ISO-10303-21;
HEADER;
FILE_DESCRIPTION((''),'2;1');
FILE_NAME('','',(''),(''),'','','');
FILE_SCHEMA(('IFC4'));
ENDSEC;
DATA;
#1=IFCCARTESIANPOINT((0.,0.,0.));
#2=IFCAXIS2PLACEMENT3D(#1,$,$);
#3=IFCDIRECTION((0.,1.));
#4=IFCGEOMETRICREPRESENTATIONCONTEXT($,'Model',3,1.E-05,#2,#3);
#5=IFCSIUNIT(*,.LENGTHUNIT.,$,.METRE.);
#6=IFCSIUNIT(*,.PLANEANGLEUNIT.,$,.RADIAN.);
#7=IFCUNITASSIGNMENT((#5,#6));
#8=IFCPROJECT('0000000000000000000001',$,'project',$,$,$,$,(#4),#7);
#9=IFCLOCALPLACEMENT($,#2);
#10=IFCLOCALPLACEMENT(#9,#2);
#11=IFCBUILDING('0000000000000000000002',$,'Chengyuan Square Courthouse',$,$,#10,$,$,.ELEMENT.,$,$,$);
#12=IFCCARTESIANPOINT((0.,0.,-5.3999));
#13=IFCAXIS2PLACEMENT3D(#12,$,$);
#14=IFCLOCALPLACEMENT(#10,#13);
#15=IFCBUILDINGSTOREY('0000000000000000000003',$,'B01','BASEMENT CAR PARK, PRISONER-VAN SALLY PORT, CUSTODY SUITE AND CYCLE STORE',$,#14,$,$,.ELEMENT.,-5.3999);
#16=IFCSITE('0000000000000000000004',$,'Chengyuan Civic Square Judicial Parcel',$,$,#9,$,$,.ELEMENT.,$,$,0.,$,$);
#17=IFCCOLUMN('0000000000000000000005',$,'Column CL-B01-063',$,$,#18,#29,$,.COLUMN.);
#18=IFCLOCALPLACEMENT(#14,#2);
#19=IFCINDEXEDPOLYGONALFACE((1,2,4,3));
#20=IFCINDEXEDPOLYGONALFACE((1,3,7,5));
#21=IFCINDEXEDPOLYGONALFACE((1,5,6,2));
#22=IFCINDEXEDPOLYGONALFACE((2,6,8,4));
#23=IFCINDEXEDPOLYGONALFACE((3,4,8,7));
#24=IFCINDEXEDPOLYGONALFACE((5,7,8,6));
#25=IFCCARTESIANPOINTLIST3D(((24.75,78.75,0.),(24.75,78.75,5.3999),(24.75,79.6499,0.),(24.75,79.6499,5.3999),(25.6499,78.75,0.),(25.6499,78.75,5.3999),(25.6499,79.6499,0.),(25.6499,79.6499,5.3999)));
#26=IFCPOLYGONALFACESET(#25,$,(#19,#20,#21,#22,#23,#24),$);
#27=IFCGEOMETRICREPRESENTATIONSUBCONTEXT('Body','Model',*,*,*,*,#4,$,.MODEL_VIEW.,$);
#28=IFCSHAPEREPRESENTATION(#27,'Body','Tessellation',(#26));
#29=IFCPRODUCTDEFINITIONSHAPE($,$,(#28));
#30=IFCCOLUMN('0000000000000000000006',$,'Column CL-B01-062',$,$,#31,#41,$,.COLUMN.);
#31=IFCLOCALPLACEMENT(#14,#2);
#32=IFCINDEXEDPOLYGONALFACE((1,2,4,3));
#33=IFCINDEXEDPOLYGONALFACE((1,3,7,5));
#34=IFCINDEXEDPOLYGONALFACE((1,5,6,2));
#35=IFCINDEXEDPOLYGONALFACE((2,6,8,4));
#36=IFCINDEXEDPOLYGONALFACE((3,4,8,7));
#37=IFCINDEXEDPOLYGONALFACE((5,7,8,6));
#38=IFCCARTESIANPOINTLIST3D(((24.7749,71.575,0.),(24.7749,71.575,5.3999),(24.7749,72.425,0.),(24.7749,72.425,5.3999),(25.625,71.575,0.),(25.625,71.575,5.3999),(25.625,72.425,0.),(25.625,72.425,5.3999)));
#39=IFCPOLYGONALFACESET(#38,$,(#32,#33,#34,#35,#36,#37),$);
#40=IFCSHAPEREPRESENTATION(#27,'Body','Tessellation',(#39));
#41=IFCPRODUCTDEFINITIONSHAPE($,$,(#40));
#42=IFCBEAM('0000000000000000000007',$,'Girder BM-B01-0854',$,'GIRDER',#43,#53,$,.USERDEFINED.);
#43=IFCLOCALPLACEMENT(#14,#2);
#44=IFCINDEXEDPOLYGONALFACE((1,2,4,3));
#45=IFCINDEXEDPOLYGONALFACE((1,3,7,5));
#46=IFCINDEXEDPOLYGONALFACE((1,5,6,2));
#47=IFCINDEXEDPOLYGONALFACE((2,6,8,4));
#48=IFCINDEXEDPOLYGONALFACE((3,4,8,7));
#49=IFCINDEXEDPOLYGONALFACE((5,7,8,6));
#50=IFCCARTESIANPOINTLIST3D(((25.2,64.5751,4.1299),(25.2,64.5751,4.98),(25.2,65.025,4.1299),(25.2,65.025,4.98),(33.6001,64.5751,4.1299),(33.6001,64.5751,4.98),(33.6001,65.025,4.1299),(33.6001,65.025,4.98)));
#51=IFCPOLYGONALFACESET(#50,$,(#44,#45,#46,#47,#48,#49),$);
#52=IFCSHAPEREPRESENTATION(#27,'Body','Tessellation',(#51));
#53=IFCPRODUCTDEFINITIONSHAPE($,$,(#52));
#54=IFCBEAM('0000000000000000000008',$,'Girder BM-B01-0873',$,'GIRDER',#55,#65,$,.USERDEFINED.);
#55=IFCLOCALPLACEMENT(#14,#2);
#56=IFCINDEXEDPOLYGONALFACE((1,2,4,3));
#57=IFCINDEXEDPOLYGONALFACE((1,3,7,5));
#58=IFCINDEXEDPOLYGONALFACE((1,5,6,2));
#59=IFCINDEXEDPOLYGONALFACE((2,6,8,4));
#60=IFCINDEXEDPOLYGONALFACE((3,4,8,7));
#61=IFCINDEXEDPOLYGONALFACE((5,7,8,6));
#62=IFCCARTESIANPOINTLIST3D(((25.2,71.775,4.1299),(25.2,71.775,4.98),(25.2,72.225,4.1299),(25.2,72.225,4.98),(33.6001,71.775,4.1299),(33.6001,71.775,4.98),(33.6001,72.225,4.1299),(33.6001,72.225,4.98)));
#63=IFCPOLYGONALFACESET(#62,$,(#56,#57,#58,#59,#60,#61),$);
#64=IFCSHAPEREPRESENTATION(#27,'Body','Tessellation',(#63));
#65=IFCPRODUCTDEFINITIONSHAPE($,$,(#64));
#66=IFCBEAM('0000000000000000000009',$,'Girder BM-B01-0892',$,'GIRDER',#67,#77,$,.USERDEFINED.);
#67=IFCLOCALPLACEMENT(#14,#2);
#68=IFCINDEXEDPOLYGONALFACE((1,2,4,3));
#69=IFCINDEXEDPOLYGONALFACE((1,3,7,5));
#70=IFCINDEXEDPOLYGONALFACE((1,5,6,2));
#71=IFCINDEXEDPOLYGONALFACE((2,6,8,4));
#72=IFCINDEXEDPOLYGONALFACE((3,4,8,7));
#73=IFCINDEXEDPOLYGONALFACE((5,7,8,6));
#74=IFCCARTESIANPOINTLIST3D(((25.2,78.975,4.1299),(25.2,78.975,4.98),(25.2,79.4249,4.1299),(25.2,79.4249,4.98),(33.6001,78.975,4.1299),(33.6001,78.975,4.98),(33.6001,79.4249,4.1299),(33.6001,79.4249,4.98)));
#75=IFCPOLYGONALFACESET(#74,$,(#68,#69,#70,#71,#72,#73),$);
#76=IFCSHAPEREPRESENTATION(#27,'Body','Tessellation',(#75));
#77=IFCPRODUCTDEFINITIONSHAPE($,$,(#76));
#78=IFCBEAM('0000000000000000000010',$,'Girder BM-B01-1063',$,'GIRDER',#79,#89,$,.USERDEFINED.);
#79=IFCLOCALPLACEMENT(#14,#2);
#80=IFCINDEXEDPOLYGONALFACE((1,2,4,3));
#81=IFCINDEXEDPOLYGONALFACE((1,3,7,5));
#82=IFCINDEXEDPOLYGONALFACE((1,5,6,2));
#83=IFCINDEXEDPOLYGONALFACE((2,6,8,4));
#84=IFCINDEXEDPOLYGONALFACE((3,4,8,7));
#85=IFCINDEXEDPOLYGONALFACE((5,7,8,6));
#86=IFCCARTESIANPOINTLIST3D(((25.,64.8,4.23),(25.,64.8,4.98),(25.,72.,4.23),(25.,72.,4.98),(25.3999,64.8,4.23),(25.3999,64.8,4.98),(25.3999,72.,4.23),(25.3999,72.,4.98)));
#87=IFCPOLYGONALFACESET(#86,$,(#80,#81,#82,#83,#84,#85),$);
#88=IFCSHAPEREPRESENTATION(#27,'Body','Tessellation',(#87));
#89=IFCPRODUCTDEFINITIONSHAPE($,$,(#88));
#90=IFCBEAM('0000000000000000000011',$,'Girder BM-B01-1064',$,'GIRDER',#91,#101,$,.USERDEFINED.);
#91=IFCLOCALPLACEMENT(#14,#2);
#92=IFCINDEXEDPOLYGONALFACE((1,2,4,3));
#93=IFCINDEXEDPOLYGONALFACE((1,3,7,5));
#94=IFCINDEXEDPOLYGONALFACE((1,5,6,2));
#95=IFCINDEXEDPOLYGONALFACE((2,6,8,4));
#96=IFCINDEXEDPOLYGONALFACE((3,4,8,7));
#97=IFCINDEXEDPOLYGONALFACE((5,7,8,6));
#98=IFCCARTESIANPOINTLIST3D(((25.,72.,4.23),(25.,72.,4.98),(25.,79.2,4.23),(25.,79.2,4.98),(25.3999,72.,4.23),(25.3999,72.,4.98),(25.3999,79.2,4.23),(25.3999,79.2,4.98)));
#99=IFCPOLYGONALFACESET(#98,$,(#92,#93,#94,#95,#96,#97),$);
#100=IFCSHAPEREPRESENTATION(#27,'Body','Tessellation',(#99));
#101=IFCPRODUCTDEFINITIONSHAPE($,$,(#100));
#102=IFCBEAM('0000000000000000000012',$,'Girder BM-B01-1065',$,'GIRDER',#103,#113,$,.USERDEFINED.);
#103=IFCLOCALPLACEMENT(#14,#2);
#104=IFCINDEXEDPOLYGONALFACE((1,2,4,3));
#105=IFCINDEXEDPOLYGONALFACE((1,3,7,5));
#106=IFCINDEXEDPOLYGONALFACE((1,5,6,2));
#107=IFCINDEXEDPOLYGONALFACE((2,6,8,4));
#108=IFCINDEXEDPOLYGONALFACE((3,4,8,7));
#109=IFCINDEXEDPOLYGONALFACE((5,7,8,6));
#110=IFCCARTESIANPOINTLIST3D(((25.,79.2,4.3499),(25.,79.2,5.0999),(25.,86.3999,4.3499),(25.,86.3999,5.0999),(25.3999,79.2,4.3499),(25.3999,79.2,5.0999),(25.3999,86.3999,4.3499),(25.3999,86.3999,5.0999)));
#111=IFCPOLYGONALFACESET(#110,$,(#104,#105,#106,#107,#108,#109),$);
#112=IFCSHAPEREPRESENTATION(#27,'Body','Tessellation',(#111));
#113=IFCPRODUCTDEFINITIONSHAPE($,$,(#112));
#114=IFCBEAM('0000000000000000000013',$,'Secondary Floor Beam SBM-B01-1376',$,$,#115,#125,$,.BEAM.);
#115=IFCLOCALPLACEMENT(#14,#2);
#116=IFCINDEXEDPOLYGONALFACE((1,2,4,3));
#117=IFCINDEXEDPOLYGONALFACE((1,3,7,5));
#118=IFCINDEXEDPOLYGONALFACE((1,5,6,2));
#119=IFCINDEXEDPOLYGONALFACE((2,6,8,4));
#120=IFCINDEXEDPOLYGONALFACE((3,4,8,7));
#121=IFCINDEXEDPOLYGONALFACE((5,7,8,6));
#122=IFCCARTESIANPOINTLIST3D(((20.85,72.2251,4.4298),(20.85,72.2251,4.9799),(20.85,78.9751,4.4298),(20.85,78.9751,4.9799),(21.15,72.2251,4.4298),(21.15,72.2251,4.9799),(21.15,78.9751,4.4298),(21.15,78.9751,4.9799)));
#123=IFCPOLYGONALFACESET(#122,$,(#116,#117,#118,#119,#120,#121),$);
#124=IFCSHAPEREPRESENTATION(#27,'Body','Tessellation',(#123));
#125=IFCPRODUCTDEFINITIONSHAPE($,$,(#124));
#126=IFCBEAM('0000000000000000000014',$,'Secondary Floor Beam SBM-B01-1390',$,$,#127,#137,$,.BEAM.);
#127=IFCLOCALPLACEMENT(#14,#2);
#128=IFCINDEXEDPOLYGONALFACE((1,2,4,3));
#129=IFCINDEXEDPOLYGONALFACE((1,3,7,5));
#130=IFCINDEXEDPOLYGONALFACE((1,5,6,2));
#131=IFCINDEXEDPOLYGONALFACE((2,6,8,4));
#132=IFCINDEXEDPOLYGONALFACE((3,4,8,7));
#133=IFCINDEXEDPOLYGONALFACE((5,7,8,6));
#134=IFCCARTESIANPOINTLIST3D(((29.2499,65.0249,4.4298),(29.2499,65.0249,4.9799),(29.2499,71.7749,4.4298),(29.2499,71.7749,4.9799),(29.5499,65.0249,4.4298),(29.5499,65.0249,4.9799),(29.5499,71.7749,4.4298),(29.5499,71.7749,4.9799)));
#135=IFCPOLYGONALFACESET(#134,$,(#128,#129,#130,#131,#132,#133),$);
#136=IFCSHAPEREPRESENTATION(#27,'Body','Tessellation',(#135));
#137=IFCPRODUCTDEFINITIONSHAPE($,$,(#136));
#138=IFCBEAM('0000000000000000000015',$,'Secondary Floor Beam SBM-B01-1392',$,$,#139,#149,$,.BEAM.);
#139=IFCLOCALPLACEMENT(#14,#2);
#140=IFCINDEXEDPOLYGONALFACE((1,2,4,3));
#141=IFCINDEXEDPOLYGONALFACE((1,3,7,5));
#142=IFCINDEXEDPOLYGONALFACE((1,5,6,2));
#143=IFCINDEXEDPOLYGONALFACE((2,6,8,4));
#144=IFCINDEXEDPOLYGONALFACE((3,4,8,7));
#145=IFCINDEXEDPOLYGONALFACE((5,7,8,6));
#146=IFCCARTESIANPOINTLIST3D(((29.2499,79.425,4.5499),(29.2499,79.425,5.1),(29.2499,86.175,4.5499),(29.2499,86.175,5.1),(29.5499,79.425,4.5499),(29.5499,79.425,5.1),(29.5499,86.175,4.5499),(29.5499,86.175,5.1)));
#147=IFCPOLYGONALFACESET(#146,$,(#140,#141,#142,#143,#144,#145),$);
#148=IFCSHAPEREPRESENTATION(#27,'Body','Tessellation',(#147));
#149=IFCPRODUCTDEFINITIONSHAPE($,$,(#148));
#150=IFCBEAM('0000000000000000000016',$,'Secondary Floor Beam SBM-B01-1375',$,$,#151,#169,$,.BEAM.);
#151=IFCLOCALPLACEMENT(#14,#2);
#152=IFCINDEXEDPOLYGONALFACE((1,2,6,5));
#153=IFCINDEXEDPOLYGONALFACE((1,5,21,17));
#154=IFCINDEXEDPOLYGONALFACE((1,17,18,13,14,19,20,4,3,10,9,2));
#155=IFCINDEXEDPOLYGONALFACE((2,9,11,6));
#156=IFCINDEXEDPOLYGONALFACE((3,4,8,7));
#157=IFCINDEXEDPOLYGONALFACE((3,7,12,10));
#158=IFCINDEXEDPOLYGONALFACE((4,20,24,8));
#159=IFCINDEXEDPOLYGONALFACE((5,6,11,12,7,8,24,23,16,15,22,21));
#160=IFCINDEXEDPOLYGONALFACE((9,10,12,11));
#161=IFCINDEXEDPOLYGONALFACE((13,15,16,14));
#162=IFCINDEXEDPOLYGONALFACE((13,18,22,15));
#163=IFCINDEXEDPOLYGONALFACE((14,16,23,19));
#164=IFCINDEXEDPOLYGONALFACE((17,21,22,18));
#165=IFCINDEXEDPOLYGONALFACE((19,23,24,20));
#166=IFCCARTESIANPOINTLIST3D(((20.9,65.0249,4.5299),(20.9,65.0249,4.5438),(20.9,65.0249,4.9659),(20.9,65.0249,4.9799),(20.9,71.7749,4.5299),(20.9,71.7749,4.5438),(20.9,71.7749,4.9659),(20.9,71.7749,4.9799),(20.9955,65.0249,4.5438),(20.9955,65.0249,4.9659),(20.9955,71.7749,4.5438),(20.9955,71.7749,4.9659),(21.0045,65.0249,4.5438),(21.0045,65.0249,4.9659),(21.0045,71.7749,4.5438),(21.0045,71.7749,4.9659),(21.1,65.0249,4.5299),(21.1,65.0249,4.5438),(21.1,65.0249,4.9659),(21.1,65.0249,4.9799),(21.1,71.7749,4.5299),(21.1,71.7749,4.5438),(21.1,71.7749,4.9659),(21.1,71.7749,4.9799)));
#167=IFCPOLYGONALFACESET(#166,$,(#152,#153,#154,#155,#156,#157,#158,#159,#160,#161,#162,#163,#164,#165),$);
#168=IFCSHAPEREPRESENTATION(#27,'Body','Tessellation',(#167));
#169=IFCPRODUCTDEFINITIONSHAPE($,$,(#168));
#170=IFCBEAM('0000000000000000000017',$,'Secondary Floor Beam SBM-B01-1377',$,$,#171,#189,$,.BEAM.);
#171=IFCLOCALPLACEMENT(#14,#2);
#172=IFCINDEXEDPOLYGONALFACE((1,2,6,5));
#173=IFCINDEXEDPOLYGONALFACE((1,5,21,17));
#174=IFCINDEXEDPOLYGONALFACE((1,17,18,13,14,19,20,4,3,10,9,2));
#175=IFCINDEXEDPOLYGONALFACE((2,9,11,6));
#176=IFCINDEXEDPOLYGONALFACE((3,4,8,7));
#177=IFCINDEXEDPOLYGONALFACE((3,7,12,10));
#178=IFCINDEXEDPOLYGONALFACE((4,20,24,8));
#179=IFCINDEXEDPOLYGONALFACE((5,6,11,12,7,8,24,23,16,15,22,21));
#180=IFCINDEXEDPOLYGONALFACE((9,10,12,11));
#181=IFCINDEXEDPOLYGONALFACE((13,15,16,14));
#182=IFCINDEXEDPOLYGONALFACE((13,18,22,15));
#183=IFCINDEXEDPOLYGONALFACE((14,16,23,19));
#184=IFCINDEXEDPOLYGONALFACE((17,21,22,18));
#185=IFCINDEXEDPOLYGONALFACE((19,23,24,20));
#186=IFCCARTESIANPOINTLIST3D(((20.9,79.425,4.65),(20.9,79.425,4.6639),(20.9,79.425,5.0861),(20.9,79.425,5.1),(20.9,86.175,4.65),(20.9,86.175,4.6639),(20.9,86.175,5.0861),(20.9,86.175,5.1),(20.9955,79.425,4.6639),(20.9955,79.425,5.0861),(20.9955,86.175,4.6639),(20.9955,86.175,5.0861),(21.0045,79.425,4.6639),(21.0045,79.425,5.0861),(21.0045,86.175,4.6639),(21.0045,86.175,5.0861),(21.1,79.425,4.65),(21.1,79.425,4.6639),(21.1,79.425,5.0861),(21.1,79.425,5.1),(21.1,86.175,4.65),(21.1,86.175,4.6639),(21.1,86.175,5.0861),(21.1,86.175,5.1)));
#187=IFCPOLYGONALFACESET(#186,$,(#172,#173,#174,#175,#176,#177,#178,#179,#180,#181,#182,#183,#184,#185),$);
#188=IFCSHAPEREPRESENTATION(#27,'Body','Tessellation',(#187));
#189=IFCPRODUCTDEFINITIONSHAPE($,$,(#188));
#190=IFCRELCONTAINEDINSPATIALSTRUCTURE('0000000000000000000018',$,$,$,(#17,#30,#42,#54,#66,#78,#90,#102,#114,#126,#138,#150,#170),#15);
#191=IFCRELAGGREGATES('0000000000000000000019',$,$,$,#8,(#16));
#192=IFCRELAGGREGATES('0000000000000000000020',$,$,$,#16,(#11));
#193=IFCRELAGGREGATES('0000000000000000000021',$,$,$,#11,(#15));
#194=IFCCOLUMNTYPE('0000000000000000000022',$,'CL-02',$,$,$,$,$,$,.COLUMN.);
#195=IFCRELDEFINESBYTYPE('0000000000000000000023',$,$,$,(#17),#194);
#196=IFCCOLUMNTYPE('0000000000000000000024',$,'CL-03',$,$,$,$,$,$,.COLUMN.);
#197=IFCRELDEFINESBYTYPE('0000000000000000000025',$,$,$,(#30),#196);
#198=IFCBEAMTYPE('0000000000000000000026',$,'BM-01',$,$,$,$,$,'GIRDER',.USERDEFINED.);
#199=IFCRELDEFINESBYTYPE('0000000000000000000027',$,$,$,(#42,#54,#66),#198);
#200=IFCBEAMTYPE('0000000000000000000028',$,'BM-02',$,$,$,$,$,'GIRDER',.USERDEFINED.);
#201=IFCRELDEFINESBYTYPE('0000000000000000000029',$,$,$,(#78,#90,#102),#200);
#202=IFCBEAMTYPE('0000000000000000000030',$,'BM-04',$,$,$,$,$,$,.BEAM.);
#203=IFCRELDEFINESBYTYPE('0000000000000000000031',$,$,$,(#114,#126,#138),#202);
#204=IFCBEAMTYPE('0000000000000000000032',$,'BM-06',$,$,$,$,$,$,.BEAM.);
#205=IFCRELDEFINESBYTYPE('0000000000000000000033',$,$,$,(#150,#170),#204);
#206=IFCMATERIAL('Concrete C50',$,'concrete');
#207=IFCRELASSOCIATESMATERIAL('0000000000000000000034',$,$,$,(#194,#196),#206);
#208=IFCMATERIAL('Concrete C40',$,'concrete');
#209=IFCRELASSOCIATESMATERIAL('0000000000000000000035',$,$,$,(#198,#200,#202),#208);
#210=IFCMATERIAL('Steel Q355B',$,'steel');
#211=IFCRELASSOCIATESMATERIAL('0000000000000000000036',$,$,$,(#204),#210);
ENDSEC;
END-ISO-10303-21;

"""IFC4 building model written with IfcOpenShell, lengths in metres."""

from ifc_helpers import new_model, si_unit, direction, frame, origin, origin_2d, place, context, subcontext, project, spatial, rectangle, i_section, extrude, material, material_profile, profile_set, type_object, element, save


model = new_model("IFC4")

# Units and contexts
model_context = context("Model", 3, precision=1e-05, world=origin(), true_north=direction((0.0, 1.0)))
body_context = subcontext(model_context, "Body", "Model", "MODEL_VIEW")
ifc_project = project(units=[si_unit("LENGTHUNIT", "METRE"), si_unit("PLANEANGLEUNIT", "RADIAN")], contexts=[model_context])

# Site, building, storey
site_placement = place(None, origin())
site = spatial("IfcSite", under=ifc_project, at=site_placement, Name="Chengyuan Civic Square Judicial Parcel", CompositionType="ELEMENT", RefElevation=0.0)
building_placement = place(site_placement, origin())
building = spatial("IfcBuilding", under=site, at=building_placement, Name="Chengyuan Square Courthouse", CompositionType="ELEMENT")
storey_placement = place(building_placement, frame((0.0, 0.0, -5.3999)))
storey = spatial("IfcBuildingStorey", under=building, at=storey_placement, Name="B01", Description="BASEMENT CAR PARK, PRISONER-VAN SALLY PORT, CUSTODY SUITE AND CYCLE STORE", CompositionType="ELEMENT", Elevation=-5.3999)

# Columns
ifc_material_1 = material(Name="Concrete C50", Category="concrete")
ifc_material_profile_1 = material_profile(ifc_material_1, rectangle(XDim=0.8999, YDim=0.8999, at=origin_2d()), Name="RC-COL-900x900")
ifc_profile_set_1 = profile_set([ifc_material_profile_1], Name="Concrete C50")
column_type_1 = type_object("IfcColumnType", Name="CL-02", PredefinedType="COLUMN", material=ifc_profile_set_1)
column_1_placement = place(storey_placement, frame((25.2, 79.2, 0.0), z_axis=(0.0, 0.0, 1.0), x_axis=(1.0, 0.0, 0.0)))
element("IfcColumn", 1, at=column_1_placement, inside=storey, type_object=column_type_1, Name="Column CL-B01-063", PredefinedType="COLUMN", context=body_context, shape_type="SweptSolid", body=[
    extrude(rectangle(XDim=0.8999, YDim=0.8999, at=origin_2d()), origin(), (0.0, 0.0, 1.0), 5.3999),
])
ifc_material_profile_2 = material_profile(ifc_material_1, rectangle(XDim=0.8501, YDim=0.8501, at=origin_2d()), Name="RC-COL-850x850")
ifc_profile_set_2 = profile_set([ifc_material_profile_2], Name="Concrete C50")
column_type_2 = type_object("IfcColumnType", Name="CL-03", PredefinedType="COLUMN", material=ifc_profile_set_2)
column_2_placement = place(storey_placement, frame((25.2, 72.0, 0.0), z_axis=(0.0, 0.0, 1.0), x_axis=(1.0, 0.0, 0.0)))
element("IfcColumn", 2, at=column_2_placement, inside=storey, type_object=column_type_2, Name="Column CL-B01-062", PredefinedType="COLUMN", context=body_context, shape_type="SweptSolid", body=[
    extrude(rectangle(XDim=0.8501, YDim=0.8501, at=origin_2d()), origin(), (0.0, 0.0, 1.0), 5.3999),
])

# Beams
ifc_material_2 = material(Name="Concrete C40", Category="concrete")
ifc_material_profile_3 = material_profile(ifc_material_2, rectangle(XDim=0.45, YDim=0.8501, at=origin_2d()), Name="RC-BM-450x850")
ifc_profile_set_3 = profile_set([ifc_material_profile_3], Name="Concrete C40")
beam_type_1 = type_object("IfcBeamType", Name="BM-01", ElementType="GIRDER", PredefinedType="USERDEFINED", material=ifc_profile_set_3)
for number, where, z_axis, x_axis, name in (
    (3, (25.2, 64.8, 4.5549), (1.0, 0.0, 0.0), (0.0, 1.0, 0.0), "Girder BM-B01-0854"),
    (4, (25.2, 72.0, 4.5549), (1.0, 0.0, 0.0), (0.0, 1.0, 0.0), "Girder BM-B01-0873"),
    (5, (25.2, 79.2, 4.5549), (1.0, 0.0, 0.0), (0.0, 1.0, 0.0), "Girder BM-B01-0892"),
):
    element("IfcBeam", number, at=place(storey_placement, frame(where, z_axis=z_axis, x_axis=x_axis)), inside=storey, type_object=beam_type_1, Name=name, ObjectType="GIRDER", PredefinedType="USERDEFINED", context=body_context, shape_type="SweptSolid", body=[
        extrude(rectangle(XDim=0.45, YDim=0.8501, at=origin_2d()), origin(), (0.0, 0.0, 1.0), 8.4001),
    ])
ifc_material_profile_4 = material_profile(ifc_material_2, rectangle(XDim=0.3999, YDim=0.75, at=origin_2d()), Name="RC-BM-400x750")
ifc_profile_set_4 = profile_set([ifc_material_profile_4], Name="Concrete C40")
beam_type_2 = type_object("IfcBeamType", Name="BM-02", ElementType="GIRDER", PredefinedType="USERDEFINED", material=ifc_profile_set_4)
for number, where, z_axis, x_axis, name in (
    (6, (25.2, 64.8, 4.605), (0.0, 1.0, 0.0), (-1.0, 0.0, 0.0), "Girder BM-B01-1063"),
    (7, (25.2, 72.0, 4.605), (0.0, 1.0, 0.0), (-1.0, 0.0, 0.0), "Girder BM-B01-1064"),
    (8, (25.2, 79.2, 4.7249), (0.0, 1.0, 0.0), (-1.0, 0.0, 0.0), "Girder BM-B01-1065"),
):
    element("IfcBeam", number, at=place(storey_placement, frame(where, z_axis=z_axis, x_axis=x_axis)), inside=storey, type_object=beam_type_2, Name=name, ObjectType="GIRDER", PredefinedType="USERDEFINED", context=body_context, shape_type="SweptSolid", body=[
        extrude(rectangle(XDim=0.3999, YDim=0.75, at=origin_2d()), origin(), (0.0, 0.0, 1.0), 7.2),
    ])
ifc_material_profile_5 = material_profile(ifc_material_2, rectangle(XDim=0.3, YDim=0.55, at=origin_2d()), Name="RC-BM-300x550")
ifc_profile_set_5 = profile_set([ifc_material_profile_5], Name="Concrete C40")
beam_type_3 = type_object("IfcBeamType", Name="BM-04", PredefinedType="BEAM", material=ifc_profile_set_5)
for number, where, z_axis, x_axis, name in (
    (9, (21.0, 72.2251, 4.7048), (0.0, 1.0, 0.0), (-1.0, 0.0, 0.0), "Secondary Floor Beam SBM-B01-1376"),
    (10, (29.3999, 65.0249, 4.7048), (0.0, 1.0, 0.0), (-1.0, 0.0, 0.0), "Secondary Floor Beam SBM-B01-1390"),
    (11, (29.3999, 79.425, 4.825), (0.0, 1.0, 0.0), (-1.0, 0.0, 0.0), "Secondary Floor Beam SBM-B01-1392"),
):
    element("IfcBeam", number, at=place(storey_placement, frame(where, z_axis=z_axis, x_axis=x_axis)), inside=storey, type_object=beam_type_3, Name=name, PredefinedType="BEAM", context=body_context, shape_type="SweptSolid", body=[
        extrude(rectangle(XDim=0.3, YDim=0.55, at=origin_2d()), origin(), (0.0, 0.0, 1.0), 6.75),
    ])
ifc_material_3 = material(Name="Steel Q355B", Category="steel")
ifc_material_profile_6 = material_profile(ifc_material_3, i_section(OverallWidth=0.2, OverallDepth=0.45, WebThickness=0.009, FlangeThickness=0.0139, at=origin_2d()), Name="HN 450x200x9x14")
ifc_profile_set_6 = profile_set([ifc_material_profile_6], Name="Steel Q355B")
beam_type_4 = type_object("IfcBeamType", Name="BM-06", PredefinedType="BEAM", material=ifc_profile_set_6)
for number, where, z_axis, x_axis, name in (
    (12, (21.0, 65.0249, 4.7549), (0.0, 1.0, 0.0), (-1.0, 0.0, 0.0), "Secondary Floor Beam SBM-B01-1375"),
    (13, (21.0, 79.425, 4.875), (0.0, 1.0, 0.0), (-1.0, 0.0, 0.0), "Secondary Floor Beam SBM-B01-1377"),
):
    element("IfcBeam", number, at=place(storey_placement, frame(where, z_axis=z_axis, x_axis=x_axis)), inside=storey, type_object=beam_type_4, Name=name, PredefinedType="BEAM", context=body_context, shape_type="SweptSolid", body=[
        extrude(i_section(OverallWidth=0.2, OverallDepth=0.45, WebThickness=0.009, FlangeThickness=0.0139, at=origin_2d()), origin(), (0.0, 0.0, 1.0), 6.75),
    ])

save(model, "model.ifc")
